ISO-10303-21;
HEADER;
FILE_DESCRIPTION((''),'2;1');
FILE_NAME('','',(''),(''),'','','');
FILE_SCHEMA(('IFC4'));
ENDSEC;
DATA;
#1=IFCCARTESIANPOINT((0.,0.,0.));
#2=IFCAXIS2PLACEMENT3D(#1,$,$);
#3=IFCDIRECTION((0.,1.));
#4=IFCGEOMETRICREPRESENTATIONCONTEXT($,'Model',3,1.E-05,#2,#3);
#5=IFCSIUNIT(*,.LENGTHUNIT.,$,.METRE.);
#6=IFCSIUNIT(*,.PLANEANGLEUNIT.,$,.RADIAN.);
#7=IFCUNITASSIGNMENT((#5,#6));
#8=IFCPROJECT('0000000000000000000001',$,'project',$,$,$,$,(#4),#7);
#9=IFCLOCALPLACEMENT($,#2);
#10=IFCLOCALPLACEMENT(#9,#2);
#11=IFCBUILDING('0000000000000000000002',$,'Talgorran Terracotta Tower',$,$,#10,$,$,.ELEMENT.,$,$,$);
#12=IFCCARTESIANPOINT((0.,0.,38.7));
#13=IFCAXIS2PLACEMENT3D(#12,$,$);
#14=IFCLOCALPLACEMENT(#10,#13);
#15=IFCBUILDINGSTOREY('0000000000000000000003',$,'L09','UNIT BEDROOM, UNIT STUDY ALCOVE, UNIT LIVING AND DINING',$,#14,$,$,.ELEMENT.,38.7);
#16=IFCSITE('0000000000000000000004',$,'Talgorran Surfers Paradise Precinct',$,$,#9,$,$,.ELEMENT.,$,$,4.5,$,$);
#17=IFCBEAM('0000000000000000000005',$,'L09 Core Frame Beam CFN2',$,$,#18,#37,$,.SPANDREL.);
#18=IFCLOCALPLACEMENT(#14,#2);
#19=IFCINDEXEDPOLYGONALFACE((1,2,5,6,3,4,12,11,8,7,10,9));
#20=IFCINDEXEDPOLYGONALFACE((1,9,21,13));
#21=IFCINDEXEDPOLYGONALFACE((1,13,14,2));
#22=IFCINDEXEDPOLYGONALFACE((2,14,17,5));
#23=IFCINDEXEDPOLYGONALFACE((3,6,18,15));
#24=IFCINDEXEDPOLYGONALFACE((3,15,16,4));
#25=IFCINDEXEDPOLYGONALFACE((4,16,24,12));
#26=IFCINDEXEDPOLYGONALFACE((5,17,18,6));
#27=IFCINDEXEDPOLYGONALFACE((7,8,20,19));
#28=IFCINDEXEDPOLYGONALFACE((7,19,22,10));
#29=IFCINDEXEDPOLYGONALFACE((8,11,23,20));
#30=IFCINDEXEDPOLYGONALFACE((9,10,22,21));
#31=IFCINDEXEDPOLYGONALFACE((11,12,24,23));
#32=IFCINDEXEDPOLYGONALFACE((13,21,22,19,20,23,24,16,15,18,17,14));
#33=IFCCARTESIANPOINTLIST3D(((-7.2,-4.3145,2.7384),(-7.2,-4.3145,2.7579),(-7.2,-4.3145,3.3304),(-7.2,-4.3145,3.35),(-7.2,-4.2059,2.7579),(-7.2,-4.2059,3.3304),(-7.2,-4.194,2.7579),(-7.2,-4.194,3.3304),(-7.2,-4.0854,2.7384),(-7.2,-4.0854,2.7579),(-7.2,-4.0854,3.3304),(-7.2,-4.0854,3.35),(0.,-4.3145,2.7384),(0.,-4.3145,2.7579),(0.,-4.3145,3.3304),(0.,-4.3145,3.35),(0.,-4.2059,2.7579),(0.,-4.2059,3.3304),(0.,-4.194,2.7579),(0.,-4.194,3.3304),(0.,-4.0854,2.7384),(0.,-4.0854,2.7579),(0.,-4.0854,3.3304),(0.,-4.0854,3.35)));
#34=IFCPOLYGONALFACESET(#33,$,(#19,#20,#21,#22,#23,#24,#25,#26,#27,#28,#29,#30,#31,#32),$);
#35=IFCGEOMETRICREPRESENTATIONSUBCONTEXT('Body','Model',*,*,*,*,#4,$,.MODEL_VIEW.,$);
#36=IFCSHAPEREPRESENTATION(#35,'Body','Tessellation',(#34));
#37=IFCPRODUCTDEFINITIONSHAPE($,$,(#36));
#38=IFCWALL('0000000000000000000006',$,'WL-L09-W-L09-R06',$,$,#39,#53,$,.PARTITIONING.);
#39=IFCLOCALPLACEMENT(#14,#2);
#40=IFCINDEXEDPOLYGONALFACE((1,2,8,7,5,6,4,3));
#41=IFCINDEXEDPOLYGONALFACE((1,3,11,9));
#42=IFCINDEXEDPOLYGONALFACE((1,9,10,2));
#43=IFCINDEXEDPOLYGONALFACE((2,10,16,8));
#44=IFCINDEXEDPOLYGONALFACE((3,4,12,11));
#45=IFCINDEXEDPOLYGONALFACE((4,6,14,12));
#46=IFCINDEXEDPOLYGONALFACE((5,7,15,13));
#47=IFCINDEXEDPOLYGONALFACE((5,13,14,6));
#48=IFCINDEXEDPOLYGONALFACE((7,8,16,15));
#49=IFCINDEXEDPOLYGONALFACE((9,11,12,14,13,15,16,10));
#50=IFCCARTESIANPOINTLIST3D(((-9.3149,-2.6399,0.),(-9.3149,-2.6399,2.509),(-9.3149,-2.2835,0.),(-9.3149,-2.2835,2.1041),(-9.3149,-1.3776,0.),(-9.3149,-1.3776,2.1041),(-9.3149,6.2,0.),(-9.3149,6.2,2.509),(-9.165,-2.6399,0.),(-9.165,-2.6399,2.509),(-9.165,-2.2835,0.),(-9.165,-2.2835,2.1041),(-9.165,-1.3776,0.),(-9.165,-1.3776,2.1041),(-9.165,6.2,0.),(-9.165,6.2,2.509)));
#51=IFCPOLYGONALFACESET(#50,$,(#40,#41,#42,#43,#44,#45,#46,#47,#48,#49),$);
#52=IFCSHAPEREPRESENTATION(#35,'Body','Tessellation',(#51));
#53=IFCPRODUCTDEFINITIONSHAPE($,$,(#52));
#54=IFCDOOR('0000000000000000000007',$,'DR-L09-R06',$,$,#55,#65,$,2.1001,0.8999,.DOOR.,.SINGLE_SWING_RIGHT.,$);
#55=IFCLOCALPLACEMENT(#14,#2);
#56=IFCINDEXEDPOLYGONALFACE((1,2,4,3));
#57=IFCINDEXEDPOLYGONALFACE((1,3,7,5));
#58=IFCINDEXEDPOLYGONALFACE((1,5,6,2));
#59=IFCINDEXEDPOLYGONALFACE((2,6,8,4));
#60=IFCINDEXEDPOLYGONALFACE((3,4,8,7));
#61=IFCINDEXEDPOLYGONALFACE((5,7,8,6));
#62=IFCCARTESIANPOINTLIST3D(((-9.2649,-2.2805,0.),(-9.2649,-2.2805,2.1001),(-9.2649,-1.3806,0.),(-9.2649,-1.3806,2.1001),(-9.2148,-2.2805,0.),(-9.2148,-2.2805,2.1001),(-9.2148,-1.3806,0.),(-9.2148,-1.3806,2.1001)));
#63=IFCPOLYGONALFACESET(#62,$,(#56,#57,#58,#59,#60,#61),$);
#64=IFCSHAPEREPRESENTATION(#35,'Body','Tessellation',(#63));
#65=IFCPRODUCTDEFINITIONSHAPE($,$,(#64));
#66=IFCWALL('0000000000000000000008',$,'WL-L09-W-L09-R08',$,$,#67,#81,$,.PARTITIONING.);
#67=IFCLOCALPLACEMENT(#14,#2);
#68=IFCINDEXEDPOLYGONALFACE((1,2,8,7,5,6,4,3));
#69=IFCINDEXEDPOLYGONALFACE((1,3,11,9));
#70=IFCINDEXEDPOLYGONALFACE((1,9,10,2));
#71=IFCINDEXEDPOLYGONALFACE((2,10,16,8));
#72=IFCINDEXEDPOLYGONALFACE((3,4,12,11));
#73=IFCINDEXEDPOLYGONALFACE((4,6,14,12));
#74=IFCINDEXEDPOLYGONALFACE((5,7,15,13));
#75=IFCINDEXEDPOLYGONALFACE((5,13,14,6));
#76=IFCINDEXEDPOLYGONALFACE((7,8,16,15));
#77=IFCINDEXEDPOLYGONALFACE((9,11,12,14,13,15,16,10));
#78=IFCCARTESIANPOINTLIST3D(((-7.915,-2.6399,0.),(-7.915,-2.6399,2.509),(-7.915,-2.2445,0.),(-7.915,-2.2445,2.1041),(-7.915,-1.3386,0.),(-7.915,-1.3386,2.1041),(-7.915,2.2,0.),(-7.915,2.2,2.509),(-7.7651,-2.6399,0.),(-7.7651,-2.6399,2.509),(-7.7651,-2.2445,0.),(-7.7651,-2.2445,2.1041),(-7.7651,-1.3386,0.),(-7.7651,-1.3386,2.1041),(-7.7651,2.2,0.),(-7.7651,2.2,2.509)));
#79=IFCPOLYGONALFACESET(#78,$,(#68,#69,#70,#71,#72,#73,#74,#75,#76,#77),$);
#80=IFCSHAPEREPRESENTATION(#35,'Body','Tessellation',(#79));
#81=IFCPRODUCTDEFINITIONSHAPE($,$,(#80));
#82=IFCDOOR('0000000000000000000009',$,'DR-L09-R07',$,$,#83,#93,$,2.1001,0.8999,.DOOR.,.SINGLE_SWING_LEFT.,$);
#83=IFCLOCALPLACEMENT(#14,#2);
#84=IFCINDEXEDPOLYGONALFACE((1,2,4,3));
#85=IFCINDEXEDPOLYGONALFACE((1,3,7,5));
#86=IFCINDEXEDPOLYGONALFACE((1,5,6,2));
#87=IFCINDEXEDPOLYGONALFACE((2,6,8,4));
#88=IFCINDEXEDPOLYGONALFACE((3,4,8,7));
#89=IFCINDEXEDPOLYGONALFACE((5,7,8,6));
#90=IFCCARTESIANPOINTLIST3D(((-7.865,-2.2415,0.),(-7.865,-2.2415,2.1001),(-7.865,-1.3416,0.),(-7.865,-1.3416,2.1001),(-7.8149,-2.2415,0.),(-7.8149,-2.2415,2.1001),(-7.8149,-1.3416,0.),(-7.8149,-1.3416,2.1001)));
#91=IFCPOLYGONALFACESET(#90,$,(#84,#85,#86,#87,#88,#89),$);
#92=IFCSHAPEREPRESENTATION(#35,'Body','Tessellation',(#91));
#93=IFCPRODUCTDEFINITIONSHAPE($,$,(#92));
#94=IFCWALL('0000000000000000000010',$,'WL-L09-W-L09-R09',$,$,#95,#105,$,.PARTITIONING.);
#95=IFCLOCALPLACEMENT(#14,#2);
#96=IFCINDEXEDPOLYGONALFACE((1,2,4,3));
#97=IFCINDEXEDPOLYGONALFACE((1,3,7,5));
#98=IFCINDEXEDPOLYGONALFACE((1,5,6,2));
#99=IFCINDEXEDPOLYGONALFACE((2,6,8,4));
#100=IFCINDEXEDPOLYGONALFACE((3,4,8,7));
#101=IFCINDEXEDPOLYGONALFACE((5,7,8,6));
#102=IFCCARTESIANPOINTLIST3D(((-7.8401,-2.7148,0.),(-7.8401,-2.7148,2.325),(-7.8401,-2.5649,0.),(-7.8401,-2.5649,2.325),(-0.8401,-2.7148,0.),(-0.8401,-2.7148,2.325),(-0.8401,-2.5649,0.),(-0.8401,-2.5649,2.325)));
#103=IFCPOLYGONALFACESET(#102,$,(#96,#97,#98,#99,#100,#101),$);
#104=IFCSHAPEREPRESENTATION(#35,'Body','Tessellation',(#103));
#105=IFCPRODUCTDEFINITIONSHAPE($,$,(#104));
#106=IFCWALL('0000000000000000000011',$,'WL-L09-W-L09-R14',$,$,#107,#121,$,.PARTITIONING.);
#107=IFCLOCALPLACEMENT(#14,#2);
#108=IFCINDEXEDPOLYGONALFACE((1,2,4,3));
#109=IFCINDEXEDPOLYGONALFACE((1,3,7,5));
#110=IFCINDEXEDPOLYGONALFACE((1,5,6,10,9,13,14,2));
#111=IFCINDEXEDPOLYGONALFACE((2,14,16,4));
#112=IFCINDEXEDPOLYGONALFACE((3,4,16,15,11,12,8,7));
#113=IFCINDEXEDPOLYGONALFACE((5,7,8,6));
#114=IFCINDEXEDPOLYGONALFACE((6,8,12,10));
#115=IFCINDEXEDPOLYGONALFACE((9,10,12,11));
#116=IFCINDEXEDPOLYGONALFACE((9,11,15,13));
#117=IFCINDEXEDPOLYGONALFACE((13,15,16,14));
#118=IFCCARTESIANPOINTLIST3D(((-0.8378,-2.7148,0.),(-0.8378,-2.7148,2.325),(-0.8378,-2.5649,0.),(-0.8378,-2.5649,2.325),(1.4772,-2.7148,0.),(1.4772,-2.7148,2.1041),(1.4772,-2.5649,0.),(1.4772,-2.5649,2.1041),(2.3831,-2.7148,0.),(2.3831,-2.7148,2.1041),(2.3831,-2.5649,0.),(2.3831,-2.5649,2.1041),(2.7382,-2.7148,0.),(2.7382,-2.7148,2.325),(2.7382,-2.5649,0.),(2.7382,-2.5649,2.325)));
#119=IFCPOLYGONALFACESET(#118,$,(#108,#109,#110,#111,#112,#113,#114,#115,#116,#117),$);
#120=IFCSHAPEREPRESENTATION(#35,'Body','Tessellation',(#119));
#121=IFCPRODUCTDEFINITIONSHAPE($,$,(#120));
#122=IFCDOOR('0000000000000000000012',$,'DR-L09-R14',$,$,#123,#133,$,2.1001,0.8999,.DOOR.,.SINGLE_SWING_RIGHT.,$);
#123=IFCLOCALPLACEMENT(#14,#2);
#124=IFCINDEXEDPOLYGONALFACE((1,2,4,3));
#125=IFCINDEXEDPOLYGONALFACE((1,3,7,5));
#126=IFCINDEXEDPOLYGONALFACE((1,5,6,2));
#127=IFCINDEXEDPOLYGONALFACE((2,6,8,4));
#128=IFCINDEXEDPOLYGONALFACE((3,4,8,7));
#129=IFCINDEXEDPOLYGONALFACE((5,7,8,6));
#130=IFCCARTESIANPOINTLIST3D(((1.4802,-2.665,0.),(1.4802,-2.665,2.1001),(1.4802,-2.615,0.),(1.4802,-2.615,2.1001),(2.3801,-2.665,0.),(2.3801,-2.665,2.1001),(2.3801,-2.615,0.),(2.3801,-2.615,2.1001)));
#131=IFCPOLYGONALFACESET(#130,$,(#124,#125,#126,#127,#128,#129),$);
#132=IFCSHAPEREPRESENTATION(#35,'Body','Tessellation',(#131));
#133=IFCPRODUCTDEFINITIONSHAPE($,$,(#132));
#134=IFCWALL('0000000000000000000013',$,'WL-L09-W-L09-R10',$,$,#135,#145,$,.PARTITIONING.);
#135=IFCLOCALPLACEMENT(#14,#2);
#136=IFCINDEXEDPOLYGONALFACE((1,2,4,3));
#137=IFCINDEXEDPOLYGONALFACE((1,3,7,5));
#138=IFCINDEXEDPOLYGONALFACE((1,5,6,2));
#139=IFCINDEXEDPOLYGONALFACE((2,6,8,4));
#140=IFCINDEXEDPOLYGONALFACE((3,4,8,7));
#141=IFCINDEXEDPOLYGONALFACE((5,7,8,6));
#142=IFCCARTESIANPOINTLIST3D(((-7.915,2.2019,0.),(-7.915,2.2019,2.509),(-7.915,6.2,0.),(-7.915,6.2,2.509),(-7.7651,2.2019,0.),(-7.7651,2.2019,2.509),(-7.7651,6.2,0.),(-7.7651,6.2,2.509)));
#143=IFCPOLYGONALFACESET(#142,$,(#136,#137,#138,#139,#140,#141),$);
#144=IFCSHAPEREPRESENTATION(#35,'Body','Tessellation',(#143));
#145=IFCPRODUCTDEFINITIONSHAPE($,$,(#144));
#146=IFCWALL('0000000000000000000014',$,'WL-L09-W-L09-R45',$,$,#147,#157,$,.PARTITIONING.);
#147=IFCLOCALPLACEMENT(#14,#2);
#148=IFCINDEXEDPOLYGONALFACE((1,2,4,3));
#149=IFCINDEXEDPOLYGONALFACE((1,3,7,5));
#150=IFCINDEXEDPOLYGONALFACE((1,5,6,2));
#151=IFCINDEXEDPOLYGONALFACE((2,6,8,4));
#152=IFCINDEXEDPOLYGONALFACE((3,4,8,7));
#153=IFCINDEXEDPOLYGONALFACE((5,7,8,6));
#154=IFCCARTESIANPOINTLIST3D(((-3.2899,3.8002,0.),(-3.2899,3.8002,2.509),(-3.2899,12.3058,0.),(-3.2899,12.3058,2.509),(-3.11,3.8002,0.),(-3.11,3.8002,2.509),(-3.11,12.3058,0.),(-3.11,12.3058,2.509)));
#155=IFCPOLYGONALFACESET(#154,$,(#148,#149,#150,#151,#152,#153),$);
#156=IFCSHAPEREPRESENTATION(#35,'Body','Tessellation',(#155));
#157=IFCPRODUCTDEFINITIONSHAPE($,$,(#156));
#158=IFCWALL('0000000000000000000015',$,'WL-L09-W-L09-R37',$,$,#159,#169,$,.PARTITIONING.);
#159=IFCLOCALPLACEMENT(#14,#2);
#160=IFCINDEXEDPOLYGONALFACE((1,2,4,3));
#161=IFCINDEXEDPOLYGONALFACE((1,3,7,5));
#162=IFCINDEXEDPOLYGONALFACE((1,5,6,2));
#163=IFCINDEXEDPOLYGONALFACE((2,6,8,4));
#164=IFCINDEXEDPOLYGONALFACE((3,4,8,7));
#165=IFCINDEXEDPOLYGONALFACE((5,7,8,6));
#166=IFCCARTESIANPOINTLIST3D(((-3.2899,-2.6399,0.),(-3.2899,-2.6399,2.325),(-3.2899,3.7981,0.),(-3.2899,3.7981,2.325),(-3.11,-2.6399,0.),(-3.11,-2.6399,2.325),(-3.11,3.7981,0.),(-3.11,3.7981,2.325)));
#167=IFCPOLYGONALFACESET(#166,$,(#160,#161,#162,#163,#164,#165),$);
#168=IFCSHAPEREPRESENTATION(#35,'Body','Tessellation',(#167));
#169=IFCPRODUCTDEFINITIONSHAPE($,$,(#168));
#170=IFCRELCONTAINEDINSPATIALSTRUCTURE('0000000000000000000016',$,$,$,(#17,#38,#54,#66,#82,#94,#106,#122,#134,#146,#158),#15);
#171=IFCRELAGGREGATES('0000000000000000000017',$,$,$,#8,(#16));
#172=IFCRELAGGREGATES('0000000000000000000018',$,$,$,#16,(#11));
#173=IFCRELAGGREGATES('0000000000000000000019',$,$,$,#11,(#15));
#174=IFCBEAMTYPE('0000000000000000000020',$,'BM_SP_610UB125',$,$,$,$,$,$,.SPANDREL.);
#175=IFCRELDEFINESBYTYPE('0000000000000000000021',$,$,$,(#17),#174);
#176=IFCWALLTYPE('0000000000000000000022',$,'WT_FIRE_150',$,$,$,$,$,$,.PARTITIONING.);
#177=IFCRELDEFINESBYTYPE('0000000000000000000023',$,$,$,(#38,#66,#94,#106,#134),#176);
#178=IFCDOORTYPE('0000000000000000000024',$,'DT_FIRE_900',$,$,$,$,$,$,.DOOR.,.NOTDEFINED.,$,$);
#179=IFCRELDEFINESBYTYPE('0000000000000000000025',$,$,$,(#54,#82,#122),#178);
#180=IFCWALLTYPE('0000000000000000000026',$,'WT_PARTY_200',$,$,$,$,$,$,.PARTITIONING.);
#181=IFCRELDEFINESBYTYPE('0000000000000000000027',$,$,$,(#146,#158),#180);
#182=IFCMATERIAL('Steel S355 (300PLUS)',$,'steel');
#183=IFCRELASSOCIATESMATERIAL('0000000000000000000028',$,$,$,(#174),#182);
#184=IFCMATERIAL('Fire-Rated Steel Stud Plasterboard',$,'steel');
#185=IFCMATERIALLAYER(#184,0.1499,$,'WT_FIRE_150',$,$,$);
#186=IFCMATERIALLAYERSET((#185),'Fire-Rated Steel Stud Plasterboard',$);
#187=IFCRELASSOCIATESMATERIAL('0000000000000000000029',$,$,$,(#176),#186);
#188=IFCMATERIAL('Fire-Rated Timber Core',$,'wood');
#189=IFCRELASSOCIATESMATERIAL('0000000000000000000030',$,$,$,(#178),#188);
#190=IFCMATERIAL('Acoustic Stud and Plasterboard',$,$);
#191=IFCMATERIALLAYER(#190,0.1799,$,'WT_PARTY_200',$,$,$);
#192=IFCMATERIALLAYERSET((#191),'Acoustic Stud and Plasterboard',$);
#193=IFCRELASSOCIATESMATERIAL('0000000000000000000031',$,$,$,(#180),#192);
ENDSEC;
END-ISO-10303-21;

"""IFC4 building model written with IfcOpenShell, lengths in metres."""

from ifc_helpers import new_model, si_unit, direction, frame, frame_2d, origin, origin_2d, place, context, subcontext, project, spatial, rectangle, i_section, extrude, material, layer, layer_set, material_profile, profile_set, type_object, element, fill, save


model = new_model("IFC4")

# Units and contexts
model_context = context("Model", 3, precision=1e-05, world=origin(), true_north=direction((0.0, 1.0)))
body_context = subcontext(model_context, "Body", "Model", "MODEL_VIEW")
ifc_project = project(units=[si_unit("LENGTHUNIT", "METRE"), si_unit("PLANEANGLEUNIT", "RADIAN")], contexts=[model_context])

# Site, building, storey
site_placement = place(None, origin())
site = spatial("IfcSite", under=ifc_project, at=site_placement, Name="Talgorran Surfers Paradise Precinct", CompositionType="ELEMENT", RefElevation=4.5)
building_placement = place(site_placement, origin())
building = spatial("IfcBuilding", under=site, at=building_placement, Name="Talgorran Terracotta Tower", CompositionType="ELEMENT")
storey_placement = place(building_placement, frame((0.0, 0.0, 38.7)))
storey = spatial("IfcBuildingStorey", under=building, at=storey_placement, Name="L09", Description="UNIT BEDROOM, UNIT STUDY ALCOVE, UNIT LIVING AND DINING", CompositionType="ELEMENT", Elevation=38.7)

# Shared definitions
ifc_material_1 = material(Name="Steel S355 (300PLUS)", Category="steel")

# Beam
ifc_material_profile_1 = material_profile(ifc_material_1, i_section(OverallWidth=0.229, OverallDepth=0.6116, WebThickness=0.012, FlangeThickness=0.0195, at=origin_2d()), Name="610UB125")
ifc_profile_set_1 = profile_set([ifc_material_profile_1], Name="Steel S355 (300PLUS)")
beam_type_1 = type_object("IfcBeamType", Name="BM_SP_610UB125", PredefinedType="SPANDREL", material=ifc_profile_set_1)
beam_1_placement = place(storey_placement, frame((-7.2, -4.2, 3.0442), z_axis=(1.0, 0.0, 0.0), x_axis=(0.0, 1.0, 0.0)))
element("IfcBeam", 1, at=beam_1_placement, inside=storey, type_object=beam_type_1, Name="L09 Core Frame Beam CFN2", PredefinedType="SPANDREL", context=body_context, shape_type="SweptSolid", body=[
    extrude(i_section(OverallWidth=0.229, OverallDepth=0.6116, WebThickness=0.012, FlangeThickness=0.0195, at=origin_2d()), origin(), (0.0, 0.0, 1.0), 7.2),
])

# Walls, openings, doors
ifc_material_2 = material(Name="Fire-Rated Steel Stud Plasterboard", Category="steel")
ifc_layer_1 = layer(ifc_material_2, 0.1499, Name="WT_FIRE_150")
ifc_layer_set_1 = layer_set([ifc_layer_1], Name="Fire-Rated Steel Stud Plasterboard")
wall_type_1 = type_object("IfcWallType", Name="WT_FIRE_150", PredefinedType="PARTITIONING", material=ifc_layer_set_1)
wall_1_placement = place(storey_placement, frame((-9.24, -2.6399, 0.0), z_axis=(0.0, 0.0, 1.0), x_axis=(0.0, 1.0, 0.0)))
wall_1 = element("IfcWall", 2, at=wall_1_placement, inside=storey, type_object=wall_type_1, Name="WL-L09-W-L09-R06", PredefinedType="PARTITIONING", context=body_context, shape_type="SweptSolid", body=[
    extrude(rectangle(XDim=8.8398, YDim=0.1499, at=frame_2d((4.4199, 0.0))), origin(), (0.0, 0.0, 1.0), 2.509),
])
opening_1_placement = place(wall_1_placement, frame((0.3594, 0.0, 0.0)))
opening_1 = element("IfcOpeningElement", 3, at=opening_1_placement, cuts=wall_1, PredefinedType="OPENING", context=body_context, shape_type="SweptSolid", body=[
    extrude(rectangle(XDim=0.9059, YDim=2.1041, at=frame_2d((0.45, 1.052))), frame((0.0, 0.085, 0.0), z_axis=(0.0, -1.0, 0.0), x_axis=(1.0, 0.0, 0.0)), (0.0, 0.0, 1.0), 0.1699),
])
ifc_material_3 = material(Name="Fire-Rated Timber Core", Category="wood")
door_type_1 = type_object("IfcDoorType", Name="DT_FIRE_900", OperationType="NOTDEFINED", PredefinedType="DOOR", material=ifc_material_3)
door_1_placement = place(opening_1_placement, origin())
door_1 = element("IfcDoor", 4, at=door_1_placement, inside=storey, type_object=door_type_1, Name="DR-L09-R06", OperationType="SINGLE_SWING_RIGHT", OverallHeight=2.1001, OverallWidth=0.8999, PredefinedType="DOOR", context=body_context, shape_type="SweptSolid", body=[
    extrude(rectangle(XDim=0.8999, YDim=2.1001, at=frame_2d((0.45, 1.05))), frame((0.0, 0.0249, 0.0), z_axis=(0.0, -1.0, 0.0), x_axis=(1.0, 0.0, 0.0)), (0.0, 0.0, 1.0), 0.05),
])
fill(opening_1, door_1)
wall_2_placement = place(storey_placement, frame((-7.8401, -2.6399, 0.0), z_axis=(0.0, 0.0, 1.0), x_axis=(0.0, 1.0, 0.0)))
wall_2 = element("IfcWall", 5, at=wall_2_placement, inside=storey, type_object=wall_type_1, Name="WL-L09-W-L09-R08", PredefinedType="PARTITIONING", context=body_context, shape_type="SweptSolid", body=[
    extrude(rectangle(XDim=4.8398, YDim=0.1499, at=frame_2d((2.4199, 0.0))), origin(), (0.0, 0.0, 1.0), 2.509),
])
opening_2_placement = place(wall_2_placement, frame((0.3984, 0.0, 0.0)))
opening_2 = element("IfcOpeningElement", 6, at=opening_2_placement, cuts=wall_2, PredefinedType="OPENING", context=body_context, shape_type="SweptSolid", body=[
    extrude(rectangle(XDim=0.9059, YDim=2.1041, at=frame_2d((0.45, 1.052))), frame((0.0, 0.085, 0.0), z_axis=(0.0, -1.0, 0.0), x_axis=(1.0, 0.0, 0.0)), (0.0, 0.0, 1.0), 0.1699),
])
door_2_placement = place(opening_2_placement, origin())
door_2 = element("IfcDoor", 7, at=door_2_placement, inside=storey, type_object=door_type_1, Name="DR-L09-R07", OperationType="SINGLE_SWING_LEFT", OverallHeight=2.1001, OverallWidth=0.8999, PredefinedType="DOOR", context=body_context, shape_type="SweptSolid", body=[
    extrude(rectangle(XDim=0.8999, YDim=2.1001, at=frame_2d((0.45, 1.05))), frame((0.0, 0.0249, 0.0), z_axis=(0.0, -1.0, 0.0), x_axis=(1.0, 0.0, 0.0)), (0.0, 0.0, 1.0), 0.05),
])
fill(opening_2, door_2)

# Wall
wall_3_placement = place(storey_placement, frame((-7.8401, -2.6399, 0.0), z_axis=(0.0, 0.0, 1.0), x_axis=(1.0, 0.0, 0.0)))
element("IfcWall", 8, at=wall_3_placement, inside=storey, type_object=wall_type_1, Name="WL-L09-W-L09-R09", PredefinedType="PARTITIONING", context=body_context, shape_type="SweptSolid", body=[
    extrude(rectangle(XDim=7.0, YDim=0.1499, at=frame_2d((3.5, 0.0))), origin(), (0.0, 0.0, 1.0), 2.325),
])

# Wall, opening, door
wall_4_placement = place(storey_placement, frame((-0.8379, -2.6399, 0.0), z_axis=(0.0, 0.0, 1.0), x_axis=(1.0, 0.0, 0.0)))
wall_4 = element("IfcWall", 9, at=wall_4_placement, inside=storey, type_object=wall_type_1, Name="WL-L09-W-L09-R14", PredefinedType="PARTITIONING", context=body_context, shape_type="SweptSolid", body=[
    extrude(rectangle(XDim=3.5759, YDim=0.1499, at=frame_2d((1.7881, 0.0))), origin(), (0.0, 0.0, 1.0), 2.325),
])
opening_3_placement = place(wall_4_placement, frame((2.3181, 0.0, 0.0)))
opening_3 = element("IfcOpeningElement", 10, at=opening_3_placement, cuts=wall_4, PredefinedType="OPENING", context=body_context, shape_type="SweptSolid", body=[
    extrude(rectangle(XDim=0.9059, YDim=2.1041, at=frame_2d((0.45, 1.052))), frame((0.0, 0.085, 0.0), z_axis=(0.0, -1.0, 0.0), x_axis=(1.0, 0.0, 0.0)), (0.0, 0.0, 1.0), 0.1699),
])
door_3_placement = place(opening_3_placement, origin())
door_3 = element("IfcDoor", 11, at=door_3_placement, inside=storey, type_object=door_type_1, Name="DR-L09-R14", OperationType="SINGLE_SWING_RIGHT", OverallHeight=2.1001, OverallWidth=0.8999, PredefinedType="DOOR", context=body_context, shape_type="SweptSolid", body=[
    extrude(rectangle(XDim=0.8999, YDim=2.1001, at=frame_2d((0.45, 1.05))), frame((0.0, 0.0249, 0.0), z_axis=(0.0, -1.0, 0.0), x_axis=(1.0, 0.0, 0.0)), (0.0, 0.0, 1.0), 0.05),
])
fill(opening_3, door_3)

# Walls
wall_5_placement = place(storey_placement, frame((-7.8401, 2.2019, 0.0), z_axis=(0.0, 0.0, 1.0), x_axis=(0.0, 1.0, 0.0)))
element("IfcWall", 12, at=wall_5_placement, inside=storey, type_object=wall_type_1, Name="WL-L09-W-L09-R10", PredefinedType="PARTITIONING", context=body_context, shape_type="SweptSolid", body=[
    extrude(rectangle(XDim=3.998, YDim=0.1499, at=frame_2d((1.999, 0.0))), origin(), (0.0, 0.0, 1.0), 2.509),
])
ifc_material_4 = material(Name="Acoustic Stud and Plasterboard")
ifc_layer_2 = layer(ifc_material_4, 0.1799, Name="WT_PARTY_200")
ifc_layer_set_2 = layer_set([ifc_layer_2], Name="Acoustic Stud and Plasterboard")
wall_type_2 = type_object("IfcWallType", Name="WT_PARTY_200", PredefinedType="PARTITIONING", material=ifc_layer_set_2)
wall_6_placement = place(storey_placement, frame((-3.2, 3.8, 0.0), z_axis=(0.0, 0.0, 1.0), x_axis=(0.0, 1.0, 0.0)))
element("IfcWall", 13, at=wall_6_placement, inside=storey, type_object=wall_type_2, Name="WL-L09-W-L09-R45", PredefinedType="PARTITIONING", context=body_context, shape_type="SweptSolid", body=[
    extrude(rectangle(XDim=8.5056, YDim=0.1799, at=frame_2d((4.2529, 0.0))), origin(), (0.0, 0.0, 1.0), 2.509),
])
wall_7_placement = place(storey_placement, frame((-3.2, -2.6399, 0.0), z_axis=(0.0, 0.0, 1.0), x_axis=(0.0, 1.0, 0.0)))
element("IfcWall", 14, at=wall_7_placement, inside=storey, type_object=wall_type_2, Name="WL-L09-W-L09-R37", PredefinedType="PARTITIONING", context=body_context, shape_type="SweptSolid", body=[
    extrude(rectangle(XDim=6.438, YDim=0.1799, at=frame_2d((3.219, 0.0))), origin(), (0.0, 0.0, 1.0), 2.325),
])

save(model, "model.ifc")
